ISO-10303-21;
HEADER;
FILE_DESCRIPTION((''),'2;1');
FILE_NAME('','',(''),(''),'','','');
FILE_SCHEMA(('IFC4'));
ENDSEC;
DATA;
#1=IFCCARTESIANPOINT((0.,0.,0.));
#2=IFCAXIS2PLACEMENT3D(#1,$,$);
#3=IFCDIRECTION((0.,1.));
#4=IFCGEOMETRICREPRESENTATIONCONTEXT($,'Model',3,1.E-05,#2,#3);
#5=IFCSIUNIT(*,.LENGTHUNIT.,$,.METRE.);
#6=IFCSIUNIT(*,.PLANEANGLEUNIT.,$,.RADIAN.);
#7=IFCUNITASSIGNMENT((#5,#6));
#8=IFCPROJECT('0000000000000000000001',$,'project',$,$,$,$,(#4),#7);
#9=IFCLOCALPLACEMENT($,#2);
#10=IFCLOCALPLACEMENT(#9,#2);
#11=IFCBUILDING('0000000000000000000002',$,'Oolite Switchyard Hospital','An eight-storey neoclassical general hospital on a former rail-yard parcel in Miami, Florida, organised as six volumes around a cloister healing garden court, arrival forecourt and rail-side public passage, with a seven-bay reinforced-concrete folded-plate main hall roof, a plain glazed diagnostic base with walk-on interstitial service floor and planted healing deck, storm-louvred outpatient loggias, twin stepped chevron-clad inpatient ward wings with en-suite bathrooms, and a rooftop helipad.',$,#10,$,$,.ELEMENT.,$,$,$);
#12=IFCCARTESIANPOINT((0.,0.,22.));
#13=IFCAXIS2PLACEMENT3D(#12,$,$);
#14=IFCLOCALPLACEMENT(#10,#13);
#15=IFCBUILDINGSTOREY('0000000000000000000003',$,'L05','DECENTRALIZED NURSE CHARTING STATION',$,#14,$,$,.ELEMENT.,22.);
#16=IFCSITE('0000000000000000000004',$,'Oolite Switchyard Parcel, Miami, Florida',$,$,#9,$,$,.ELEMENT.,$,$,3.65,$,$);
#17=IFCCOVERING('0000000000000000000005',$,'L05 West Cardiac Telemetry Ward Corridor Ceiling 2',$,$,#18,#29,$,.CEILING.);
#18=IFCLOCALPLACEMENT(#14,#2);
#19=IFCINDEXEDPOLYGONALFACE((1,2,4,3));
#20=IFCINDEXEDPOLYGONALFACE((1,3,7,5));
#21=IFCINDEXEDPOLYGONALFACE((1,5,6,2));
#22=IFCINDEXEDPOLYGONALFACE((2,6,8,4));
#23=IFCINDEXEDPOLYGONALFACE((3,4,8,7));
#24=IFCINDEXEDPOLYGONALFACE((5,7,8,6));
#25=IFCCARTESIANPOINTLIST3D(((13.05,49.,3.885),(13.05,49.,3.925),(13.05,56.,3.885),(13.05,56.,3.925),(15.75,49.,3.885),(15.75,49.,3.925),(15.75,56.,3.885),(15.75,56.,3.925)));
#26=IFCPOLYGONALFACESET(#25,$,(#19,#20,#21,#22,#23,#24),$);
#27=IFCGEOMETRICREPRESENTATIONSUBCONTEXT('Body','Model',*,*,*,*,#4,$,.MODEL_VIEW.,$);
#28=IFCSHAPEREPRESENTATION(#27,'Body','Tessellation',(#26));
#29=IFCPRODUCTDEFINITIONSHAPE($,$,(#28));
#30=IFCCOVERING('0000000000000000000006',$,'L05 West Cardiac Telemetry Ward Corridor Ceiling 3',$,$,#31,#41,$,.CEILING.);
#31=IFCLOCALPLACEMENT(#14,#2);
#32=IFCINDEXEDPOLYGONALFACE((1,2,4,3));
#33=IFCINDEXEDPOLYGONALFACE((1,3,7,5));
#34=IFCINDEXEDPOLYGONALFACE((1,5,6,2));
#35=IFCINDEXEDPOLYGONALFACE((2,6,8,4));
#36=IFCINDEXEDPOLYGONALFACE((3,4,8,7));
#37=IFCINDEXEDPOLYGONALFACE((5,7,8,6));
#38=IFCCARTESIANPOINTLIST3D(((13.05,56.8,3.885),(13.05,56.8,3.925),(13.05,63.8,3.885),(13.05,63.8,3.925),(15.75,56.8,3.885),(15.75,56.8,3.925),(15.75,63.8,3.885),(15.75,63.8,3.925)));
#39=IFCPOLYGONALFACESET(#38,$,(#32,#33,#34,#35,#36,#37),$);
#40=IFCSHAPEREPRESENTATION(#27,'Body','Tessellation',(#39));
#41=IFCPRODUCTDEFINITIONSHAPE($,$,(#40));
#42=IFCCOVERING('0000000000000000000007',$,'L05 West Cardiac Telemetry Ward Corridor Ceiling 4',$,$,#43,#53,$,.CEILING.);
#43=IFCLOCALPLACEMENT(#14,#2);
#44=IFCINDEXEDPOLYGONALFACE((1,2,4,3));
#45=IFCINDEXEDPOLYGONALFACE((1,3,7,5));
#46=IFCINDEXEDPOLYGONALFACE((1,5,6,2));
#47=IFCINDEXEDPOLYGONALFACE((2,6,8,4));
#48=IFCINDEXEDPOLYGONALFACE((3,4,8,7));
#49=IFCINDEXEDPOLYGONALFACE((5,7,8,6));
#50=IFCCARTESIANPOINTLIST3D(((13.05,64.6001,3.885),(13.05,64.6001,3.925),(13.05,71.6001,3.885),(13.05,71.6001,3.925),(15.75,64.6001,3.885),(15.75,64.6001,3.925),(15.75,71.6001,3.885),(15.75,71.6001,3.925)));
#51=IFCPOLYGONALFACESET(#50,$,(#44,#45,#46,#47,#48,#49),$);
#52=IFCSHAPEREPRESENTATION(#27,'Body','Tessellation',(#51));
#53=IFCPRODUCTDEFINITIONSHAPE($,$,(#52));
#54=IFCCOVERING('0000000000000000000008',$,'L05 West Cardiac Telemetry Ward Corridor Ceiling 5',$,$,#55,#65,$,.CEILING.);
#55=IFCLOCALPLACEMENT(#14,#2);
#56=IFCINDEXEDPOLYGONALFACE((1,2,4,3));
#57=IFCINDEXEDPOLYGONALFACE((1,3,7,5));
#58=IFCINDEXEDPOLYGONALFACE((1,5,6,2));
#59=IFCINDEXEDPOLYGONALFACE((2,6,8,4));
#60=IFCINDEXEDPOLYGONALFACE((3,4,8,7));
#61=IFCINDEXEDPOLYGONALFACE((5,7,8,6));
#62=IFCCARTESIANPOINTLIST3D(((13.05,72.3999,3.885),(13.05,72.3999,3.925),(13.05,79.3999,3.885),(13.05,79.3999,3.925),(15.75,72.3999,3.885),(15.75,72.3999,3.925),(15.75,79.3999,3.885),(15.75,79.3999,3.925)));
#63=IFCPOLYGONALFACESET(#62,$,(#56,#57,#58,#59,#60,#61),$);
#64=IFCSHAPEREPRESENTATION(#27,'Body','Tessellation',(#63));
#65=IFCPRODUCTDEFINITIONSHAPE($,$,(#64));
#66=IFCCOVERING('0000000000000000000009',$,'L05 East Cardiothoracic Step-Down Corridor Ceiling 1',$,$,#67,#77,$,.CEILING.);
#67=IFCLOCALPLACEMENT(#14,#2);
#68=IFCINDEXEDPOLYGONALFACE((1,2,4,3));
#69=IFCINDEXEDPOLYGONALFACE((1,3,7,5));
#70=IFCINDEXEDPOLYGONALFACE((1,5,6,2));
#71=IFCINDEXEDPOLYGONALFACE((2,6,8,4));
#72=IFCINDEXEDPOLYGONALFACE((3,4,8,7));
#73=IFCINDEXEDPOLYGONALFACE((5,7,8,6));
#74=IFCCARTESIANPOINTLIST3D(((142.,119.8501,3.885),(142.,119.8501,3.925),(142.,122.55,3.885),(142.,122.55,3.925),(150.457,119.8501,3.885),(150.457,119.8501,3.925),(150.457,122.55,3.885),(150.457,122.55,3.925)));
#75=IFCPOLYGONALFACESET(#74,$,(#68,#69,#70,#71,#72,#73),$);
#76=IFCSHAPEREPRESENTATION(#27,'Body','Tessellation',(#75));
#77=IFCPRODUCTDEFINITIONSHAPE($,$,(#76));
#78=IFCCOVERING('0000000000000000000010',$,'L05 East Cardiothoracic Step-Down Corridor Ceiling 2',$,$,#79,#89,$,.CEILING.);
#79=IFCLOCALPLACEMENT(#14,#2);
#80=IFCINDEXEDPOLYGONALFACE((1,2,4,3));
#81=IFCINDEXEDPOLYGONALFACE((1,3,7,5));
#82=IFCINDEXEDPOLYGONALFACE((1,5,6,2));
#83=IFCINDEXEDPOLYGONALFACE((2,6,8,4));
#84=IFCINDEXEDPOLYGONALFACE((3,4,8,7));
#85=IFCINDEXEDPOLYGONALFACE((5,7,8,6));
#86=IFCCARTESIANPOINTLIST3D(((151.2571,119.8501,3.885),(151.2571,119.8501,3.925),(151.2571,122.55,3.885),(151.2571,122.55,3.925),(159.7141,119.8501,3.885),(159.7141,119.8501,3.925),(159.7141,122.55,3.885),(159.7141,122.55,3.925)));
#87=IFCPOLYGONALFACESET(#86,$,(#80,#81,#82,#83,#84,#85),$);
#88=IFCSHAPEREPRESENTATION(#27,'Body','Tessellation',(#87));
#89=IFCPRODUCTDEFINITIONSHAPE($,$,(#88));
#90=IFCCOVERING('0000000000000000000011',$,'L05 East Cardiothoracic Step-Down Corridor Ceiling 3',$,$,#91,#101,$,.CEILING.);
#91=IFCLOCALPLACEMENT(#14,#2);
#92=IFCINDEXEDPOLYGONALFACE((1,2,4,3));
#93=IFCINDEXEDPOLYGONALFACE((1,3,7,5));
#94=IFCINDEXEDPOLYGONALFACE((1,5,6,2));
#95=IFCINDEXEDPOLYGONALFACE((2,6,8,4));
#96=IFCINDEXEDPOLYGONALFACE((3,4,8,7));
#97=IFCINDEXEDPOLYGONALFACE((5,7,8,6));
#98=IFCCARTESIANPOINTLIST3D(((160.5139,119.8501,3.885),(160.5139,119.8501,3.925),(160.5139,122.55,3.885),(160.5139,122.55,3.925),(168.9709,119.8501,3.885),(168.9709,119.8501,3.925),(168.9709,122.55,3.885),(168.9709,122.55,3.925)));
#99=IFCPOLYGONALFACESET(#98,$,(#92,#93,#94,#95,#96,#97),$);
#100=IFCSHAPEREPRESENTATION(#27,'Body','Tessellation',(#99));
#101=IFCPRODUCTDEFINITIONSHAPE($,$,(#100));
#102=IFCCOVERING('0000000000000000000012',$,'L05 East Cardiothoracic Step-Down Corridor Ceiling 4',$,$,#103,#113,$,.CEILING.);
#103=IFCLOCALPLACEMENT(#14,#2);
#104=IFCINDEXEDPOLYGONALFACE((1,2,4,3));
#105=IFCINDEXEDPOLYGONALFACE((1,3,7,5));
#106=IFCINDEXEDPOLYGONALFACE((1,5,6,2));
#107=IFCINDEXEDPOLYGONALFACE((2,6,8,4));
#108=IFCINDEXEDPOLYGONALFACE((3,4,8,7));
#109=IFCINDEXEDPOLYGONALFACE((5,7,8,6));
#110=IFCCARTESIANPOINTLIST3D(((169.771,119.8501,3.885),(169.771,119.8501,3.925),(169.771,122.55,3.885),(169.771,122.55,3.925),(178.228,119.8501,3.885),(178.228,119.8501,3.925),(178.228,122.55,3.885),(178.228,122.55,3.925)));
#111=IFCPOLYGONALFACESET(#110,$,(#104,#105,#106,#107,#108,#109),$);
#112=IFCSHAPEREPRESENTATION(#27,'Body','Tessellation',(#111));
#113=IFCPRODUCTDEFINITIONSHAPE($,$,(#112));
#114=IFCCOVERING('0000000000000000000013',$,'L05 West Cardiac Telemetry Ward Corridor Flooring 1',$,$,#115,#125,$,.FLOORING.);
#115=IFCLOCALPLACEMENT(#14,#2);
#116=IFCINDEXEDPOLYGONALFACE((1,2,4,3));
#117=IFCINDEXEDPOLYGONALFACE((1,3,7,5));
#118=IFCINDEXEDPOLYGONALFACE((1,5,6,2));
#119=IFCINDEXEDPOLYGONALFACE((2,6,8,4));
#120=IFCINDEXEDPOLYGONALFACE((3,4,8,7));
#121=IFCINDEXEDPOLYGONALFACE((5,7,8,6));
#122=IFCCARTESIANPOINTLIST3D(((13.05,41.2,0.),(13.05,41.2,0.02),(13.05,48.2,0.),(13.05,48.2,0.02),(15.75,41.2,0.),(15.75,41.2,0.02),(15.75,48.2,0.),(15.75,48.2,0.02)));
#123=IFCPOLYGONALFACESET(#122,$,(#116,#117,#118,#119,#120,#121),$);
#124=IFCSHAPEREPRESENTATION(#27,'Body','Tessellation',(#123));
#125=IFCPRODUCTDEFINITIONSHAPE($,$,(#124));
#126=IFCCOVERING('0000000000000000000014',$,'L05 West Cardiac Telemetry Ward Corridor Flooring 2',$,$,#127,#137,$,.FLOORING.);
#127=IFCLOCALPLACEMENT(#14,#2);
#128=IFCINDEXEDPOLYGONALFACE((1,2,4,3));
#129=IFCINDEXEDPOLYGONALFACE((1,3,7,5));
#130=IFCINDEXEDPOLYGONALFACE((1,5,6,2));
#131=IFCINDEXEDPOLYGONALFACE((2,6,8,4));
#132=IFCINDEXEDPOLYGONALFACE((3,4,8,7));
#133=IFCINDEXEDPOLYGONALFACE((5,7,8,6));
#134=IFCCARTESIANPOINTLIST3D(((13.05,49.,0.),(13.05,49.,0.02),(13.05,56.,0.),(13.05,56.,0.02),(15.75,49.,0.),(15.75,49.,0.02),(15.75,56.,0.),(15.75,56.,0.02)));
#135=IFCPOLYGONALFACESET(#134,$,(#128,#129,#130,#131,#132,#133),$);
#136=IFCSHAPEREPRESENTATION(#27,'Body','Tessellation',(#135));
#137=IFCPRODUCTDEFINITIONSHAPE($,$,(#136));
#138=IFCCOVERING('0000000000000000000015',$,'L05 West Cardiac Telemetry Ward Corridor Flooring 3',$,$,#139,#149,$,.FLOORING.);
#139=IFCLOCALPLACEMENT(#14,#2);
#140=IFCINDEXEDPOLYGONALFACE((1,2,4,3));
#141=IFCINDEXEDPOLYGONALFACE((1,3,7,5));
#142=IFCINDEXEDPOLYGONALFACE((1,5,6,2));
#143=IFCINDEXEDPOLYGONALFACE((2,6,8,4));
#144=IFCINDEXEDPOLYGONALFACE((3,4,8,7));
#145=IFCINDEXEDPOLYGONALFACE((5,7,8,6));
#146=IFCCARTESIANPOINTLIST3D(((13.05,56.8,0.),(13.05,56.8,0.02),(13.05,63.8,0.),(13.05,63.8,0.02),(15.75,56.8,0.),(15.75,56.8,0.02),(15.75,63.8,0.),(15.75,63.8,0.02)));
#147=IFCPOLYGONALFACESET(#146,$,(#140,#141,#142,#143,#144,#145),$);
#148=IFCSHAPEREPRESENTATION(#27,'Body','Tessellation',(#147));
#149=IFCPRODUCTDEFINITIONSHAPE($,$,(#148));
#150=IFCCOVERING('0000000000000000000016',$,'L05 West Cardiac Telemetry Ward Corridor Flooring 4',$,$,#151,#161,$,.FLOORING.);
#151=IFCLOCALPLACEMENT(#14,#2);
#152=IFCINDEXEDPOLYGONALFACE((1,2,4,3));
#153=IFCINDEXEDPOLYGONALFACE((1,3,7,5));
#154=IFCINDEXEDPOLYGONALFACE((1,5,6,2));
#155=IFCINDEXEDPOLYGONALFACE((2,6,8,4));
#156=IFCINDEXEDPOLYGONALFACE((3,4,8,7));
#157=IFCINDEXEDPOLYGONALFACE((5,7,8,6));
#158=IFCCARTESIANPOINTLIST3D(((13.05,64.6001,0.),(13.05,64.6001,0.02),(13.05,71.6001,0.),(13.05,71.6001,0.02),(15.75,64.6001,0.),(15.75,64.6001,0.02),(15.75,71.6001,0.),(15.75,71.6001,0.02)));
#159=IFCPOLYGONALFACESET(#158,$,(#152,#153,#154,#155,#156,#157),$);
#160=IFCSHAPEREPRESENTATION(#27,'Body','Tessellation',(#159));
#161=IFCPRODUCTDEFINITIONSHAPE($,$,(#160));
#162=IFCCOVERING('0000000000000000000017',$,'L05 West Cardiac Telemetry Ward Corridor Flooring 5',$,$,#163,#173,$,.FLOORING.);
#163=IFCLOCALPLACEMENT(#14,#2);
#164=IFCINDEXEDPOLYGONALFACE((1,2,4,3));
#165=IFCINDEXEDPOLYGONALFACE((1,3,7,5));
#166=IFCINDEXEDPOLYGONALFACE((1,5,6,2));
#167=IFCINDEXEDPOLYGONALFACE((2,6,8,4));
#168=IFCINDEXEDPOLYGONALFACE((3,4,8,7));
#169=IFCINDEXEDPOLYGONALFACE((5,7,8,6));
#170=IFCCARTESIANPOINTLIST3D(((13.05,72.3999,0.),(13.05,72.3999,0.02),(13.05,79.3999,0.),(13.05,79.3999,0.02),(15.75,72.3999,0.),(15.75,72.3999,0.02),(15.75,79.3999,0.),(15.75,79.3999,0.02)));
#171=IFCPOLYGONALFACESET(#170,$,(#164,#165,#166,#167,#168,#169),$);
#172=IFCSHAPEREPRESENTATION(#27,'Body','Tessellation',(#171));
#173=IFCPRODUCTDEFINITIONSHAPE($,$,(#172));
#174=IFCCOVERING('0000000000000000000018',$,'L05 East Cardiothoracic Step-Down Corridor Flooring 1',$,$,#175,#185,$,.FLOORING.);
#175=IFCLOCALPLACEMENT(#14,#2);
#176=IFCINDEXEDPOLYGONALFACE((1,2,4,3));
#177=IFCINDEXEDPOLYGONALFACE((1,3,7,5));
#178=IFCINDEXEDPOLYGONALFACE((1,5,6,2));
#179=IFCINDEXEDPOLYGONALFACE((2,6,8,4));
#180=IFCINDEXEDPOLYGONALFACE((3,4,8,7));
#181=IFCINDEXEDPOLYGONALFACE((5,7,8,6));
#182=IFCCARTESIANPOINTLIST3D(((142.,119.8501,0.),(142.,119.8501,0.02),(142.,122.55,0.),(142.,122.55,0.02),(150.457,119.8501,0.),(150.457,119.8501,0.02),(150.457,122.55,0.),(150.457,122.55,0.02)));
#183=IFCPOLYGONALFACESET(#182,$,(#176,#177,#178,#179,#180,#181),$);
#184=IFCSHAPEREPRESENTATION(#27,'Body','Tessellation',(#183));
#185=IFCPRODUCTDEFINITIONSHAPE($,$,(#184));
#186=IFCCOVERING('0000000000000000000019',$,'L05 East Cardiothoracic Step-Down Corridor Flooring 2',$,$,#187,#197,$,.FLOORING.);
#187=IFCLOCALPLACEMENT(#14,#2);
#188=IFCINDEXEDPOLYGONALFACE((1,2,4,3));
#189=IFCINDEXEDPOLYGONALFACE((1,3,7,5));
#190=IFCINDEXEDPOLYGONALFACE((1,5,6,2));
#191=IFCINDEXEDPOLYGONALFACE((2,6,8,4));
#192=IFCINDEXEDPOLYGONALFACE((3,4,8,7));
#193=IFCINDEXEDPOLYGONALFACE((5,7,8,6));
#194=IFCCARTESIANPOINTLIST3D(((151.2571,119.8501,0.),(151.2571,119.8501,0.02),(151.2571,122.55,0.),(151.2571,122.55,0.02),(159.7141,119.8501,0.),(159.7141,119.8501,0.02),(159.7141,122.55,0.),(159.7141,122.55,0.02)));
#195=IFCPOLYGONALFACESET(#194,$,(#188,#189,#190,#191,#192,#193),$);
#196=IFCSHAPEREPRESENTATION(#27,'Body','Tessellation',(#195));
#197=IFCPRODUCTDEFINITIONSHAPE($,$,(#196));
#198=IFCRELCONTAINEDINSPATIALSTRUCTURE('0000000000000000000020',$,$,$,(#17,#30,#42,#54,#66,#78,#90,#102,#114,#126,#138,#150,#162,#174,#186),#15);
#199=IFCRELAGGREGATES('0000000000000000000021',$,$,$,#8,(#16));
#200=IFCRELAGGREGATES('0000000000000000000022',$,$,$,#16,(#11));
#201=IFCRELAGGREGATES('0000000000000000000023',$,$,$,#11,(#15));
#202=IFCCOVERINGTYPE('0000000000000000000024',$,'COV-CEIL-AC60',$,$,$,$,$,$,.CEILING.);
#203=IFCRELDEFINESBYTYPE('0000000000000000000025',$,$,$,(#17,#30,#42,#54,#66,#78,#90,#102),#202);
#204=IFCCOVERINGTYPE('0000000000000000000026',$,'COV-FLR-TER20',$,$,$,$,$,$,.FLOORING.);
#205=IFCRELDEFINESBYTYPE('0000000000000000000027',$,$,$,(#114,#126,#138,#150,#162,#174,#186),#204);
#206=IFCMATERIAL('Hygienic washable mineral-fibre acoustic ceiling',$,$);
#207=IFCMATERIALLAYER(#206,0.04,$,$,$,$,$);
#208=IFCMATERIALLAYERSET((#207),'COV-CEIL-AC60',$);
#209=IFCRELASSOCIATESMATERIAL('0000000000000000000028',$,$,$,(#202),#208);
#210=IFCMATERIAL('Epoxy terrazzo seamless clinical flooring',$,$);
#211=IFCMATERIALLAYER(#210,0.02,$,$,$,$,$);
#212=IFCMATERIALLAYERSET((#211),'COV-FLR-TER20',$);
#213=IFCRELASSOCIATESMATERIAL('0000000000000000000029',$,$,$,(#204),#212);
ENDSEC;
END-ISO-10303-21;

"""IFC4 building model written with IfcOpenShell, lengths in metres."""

from ifc_helpers import new_model, si_unit, direction, frame, origin, place, context, subcontext, project, spatial, polyline, outline, extrude, material, layer, layer_set, type_object, element, save


model = new_model("IFC4")

# Units and contexts
model_context = context("Model", 3, precision=1e-05, world=origin(), true_north=direction((0.0, 1.0)))
body_context = subcontext(model_context, "Body", "Model", "MODEL_VIEW")
ifc_project = project(units=[si_unit("LENGTHUNIT", "METRE"), si_unit("PLANEANGLEUNIT", "RADIAN")], contexts=[model_context])

# Site, building, storey
site_placement = place(None, origin())
site = spatial("IfcSite", under=ifc_project, at=site_placement, Name="Oolite Switchyard Parcel, Miami, Florida", CompositionType="ELEMENT", RefElevation=3.65)
building_placement = place(site_placement, origin())
building = spatial("IfcBuilding", under=site, at=building_placement, Name="Oolite Switchyard Hospital", Description="An eight-storey neoclassical general hospital on a former rail-yard parcel in Miami, Florida, organised as six volumes around a cloister healing garden court, arrival forecourt and rail-side public passage, with a seven-bay reinforced-concrete folded-plate main hall roof, a plain glazed diagnostic base with walk-on interstitial service floor and planted healing deck, storm-louvred outpatient loggias, twin stepped chevron-clad inpatient ward wings with en-suite bathrooms, and a rooftop helipad.", CompositionType="ELEMENT")
storey_placement = place(building_placement, frame((0.0, 0.0, 22.0)))
storey = spatial("IfcBuildingStorey", under=building, at=storey_placement, Name="L05", Description="DECENTRALIZED NURSE CHARTING STATION", CompositionType="ELEMENT", Elevation=22.0)

# Coverings
ifc_material_1 = material(Name="Hygienic washable mineral-fibre acoustic ceiling")
ifc_layer_1 = layer(ifc_material_1, 0.04)
ifc_layer_set_1 = layer_set([ifc_layer_1], Name="COV-CEIL-AC60")
covering_type_1 = type_object("IfcCoveringType", Name="COV-CEIL-AC60", PredefinedType="CEILING", material=ifc_layer_set_1)
covering_1_placement = place(storey_placement, frame((0.0, 0.0, 3.885)))
element("IfcCovering", 1, at=covering_1_placement, inside=storey, type_object=covering_type_1, Name="L05 West Cardiac Telemetry Ward Corridor Ceiling 2", PredefinedType="CEILING", context=body_context, shape_type="SweptSolid", body=[
    extrude(outline(polyline([(13.05, 49.0), (15.75, 49.0), (15.75, 56.0), (13.05, 56.0), (13.05, 49.0)])), origin(), (0.0, 0.0, 1.0), 0.04),
])
covering_2_placement = place(storey_placement, frame((0.0, 0.0, 3.885)))
element("IfcCovering", 2, at=covering_2_placement, inside=storey, type_object=covering_type_1, Name="L05 West Cardiac Telemetry Ward Corridor Ceiling 3", PredefinedType="CEILING", context=body_context, shape_type="SweptSolid", body=[
    extrude(outline(polyline([(13.05, 56.8), (15.75, 56.8), (15.75, 63.8), (13.05, 63.8), (13.05, 56.8)])), origin(), (0.0, 0.0, 1.0), 0.04),
])
covering_3_placement = place(storey_placement, frame((0.0, 0.0, 3.885)))
element("IfcCovering", 3, at=covering_3_placement, inside=storey, type_object=covering_type_1, Name="L05 West Cardiac Telemetry Ward Corridor Ceiling 4", PredefinedType="CEILING", context=body_context, shape_type="SweptSolid", body=[
    extrude(outline(polyline([(13.05, 64.6001), (15.75, 64.6001), (15.75, 71.6001), (13.05, 71.6001), (13.05, 64.6001)])), origin(), (0.0, 0.0, 1.0), 0.04),
])
covering_4_placement = place(storey_placement, frame((0.0, 0.0, 3.885)))
element("IfcCovering", 4, at=covering_4_placement, inside=storey, type_object=covering_type_1, Name="L05 West Cardiac Telemetry Ward Corridor Ceiling 5", PredefinedType="CEILING", context=body_context, shape_type="SweptSolid", body=[
    extrude(outline(polyline([(13.05, 72.3999), (15.75, 72.3999), (15.75, 79.3999), (13.05, 79.3999), (13.05, 72.3999)])), origin(), (0.0, 0.0, 1.0), 0.04),
])
covering_5_placement = place(storey_placement, frame((0.0, 0.0, 3.885)))
element("IfcCovering", 5, at=covering_5_placement, inside=storey, type_object=covering_type_1, Name="L05 East Cardiothoracic Step-Down Corridor Ceiling 1", PredefinedType="CEILING", context=body_context, shape_type="SweptSolid", body=[
    extrude(outline(polyline([(142.0, 119.8501), (150.457, 119.8501), (150.457, 122.55), (142.0, 122.55), (142.0, 119.8501)])), origin(), (0.0, 0.0, 1.0), 0.04),
])
covering_6_placement = place(storey_placement, frame((0.0, 0.0, 3.885)))
element("IfcCovering", 6, at=covering_6_placement, inside=storey, type_object=covering_type_1, Name="L05 East Cardiothoracic Step-Down Corridor Ceiling 2", PredefinedType="CEILING", context=body_context, shape_type="SweptSolid", body=[
    extrude(outline(polyline([(151.2571, 119.8501), (159.7141, 119.8501), (159.7141, 122.55), (151.2571, 122.55), (151.2571, 119.8501)])), origin(), (0.0, 0.0, 1.0), 0.04),
])
covering_7_placement = place(storey_placement, frame((0.0, 0.0, 3.885)))
element("IfcCovering", 7, at=covering_7_placement, inside=storey, type_object=covering_type_1, Name="L05 East Cardiothoracic Step-Down Corridor Ceiling 3", PredefinedType="CEILING", context=body_context, shape_type="SweptSolid", body=[
    extrude(outline(polyline([(160.5139, 119.8501), (168.9709, 119.8501), (168.9709, 122.55), (160.5139, 122.55), (160.5139, 119.8501)])), origin(), (0.0, 0.0, 1.0), 0.04),
])
covering_8_placement = place(storey_placement, frame((0.0, 0.0, 3.885)))
element("IfcCovering", 8, at=covering_8_placement, inside=storey, type_object=covering_type_1, Name="L05 East Cardiothoracic Step-Down Corridor Ceiling 4", PredefinedType="CEILING", context=body_context, shape_type="SweptSolid", body=[
    extrude(outline(polyline([(169.771, 119.8501), (178.228, 119.8501), (178.228, 122.55), (169.771, 122.55), (169.771, 119.8501)])), origin(), (0.0, 0.0, 1.0), 0.04),
])
ifc_material_2 = material(Name="Epoxy terrazzo seamless clinical flooring")
ifc_layer_2 = layer(ifc_material_2, 0.02)
ifc_layer_set_2 = layer_set([ifc_layer_2], Name="COV-FLR-TER20")
covering_type_2 = type_object("IfcCoveringType", Name="COV-FLR-TER20", PredefinedType="FLOORING", material=ifc_layer_set_2)
covering_9_placement = place(storey_placement, origin())
element("IfcCovering", 9, at=covering_9_placement, inside=storey, type_object=covering_type_2, Name="L05 West Cardiac Telemetry Ward Corridor Flooring 1", PredefinedType="FLOORING", context=body_context, shape_type="SweptSolid", body=[
    extrude(outline(polyline([(13.05, 41.2), (15.75, 41.2), (15.75, 48.2), (13.05, 48.2), (13.05, 41.2)])), origin(), (0.0, 0.0, 1.0), 0.02),
])
covering_10_placement = place(storey_placement, origin())
element("IfcCovering", 10, at=covering_10_placement, inside=storey, type_object=covering_type_2, Name="L05 West Cardiac Telemetry Ward Corridor Flooring 2", PredefinedType="FLOORING", context=body_context, shape_type="SweptSolid", body=[
    extrude(outline(polyline([(13.05, 49.0), (15.75, 49.0), (15.75, 56.0), (13.05, 56.0), (13.05, 49.0)])), origin(), (0.0, 0.0, 1.0), 0.02),
])
covering_11_placement = place(storey_placement, origin())
element("IfcCovering", 11, at=covering_11_placement, inside=storey, type_object=covering_type_2, Name="L05 West Cardiac Telemetry Ward Corridor Flooring 3", PredefinedType="FLOORING", context=body_context, shape_type="SweptSolid", body=[
    extrude(outline(polyline([(13.05, 56.8), (15.75, 56.8), (15.75, 63.8), (13.05, 63.8), (13.05, 56.8)])), origin(), (0.0, 0.0, 1.0), 0.02),
])
covering_12_placement = place(storey_placement, origin())
element("IfcCovering", 12, at=covering_12_placement, inside=storey, type_object=covering_type_2, Name="L05 West Cardiac Telemetry Ward Corridor Flooring 4", PredefinedType="FLOORING", context=body_context, shape_type="SweptSolid", body=[
    extrude(outline(polyline([(13.05, 64.6001), (15.75, 64.6001), (15.75, 71.6001), (13.05, 71.6001), (13.05, 64.6001)])), origin(), (0.0, 0.0, 1.0), 0.02),
])
covering_13_placement = place(storey_placement, origin())
element("IfcCovering", 13, at=covering_13_placement, inside=storey, type_object=covering_type_2, Name="L05 West Cardiac Telemetry Ward Corridor Flooring 5", PredefinedType="FLOORING", context=body_context, shape_type="SweptSolid", body=[
    extrude(outline(polyline([(13.05, 72.3999), (15.75, 72.3999), (15.75, 79.3999), (13.05, 79.3999), (13.05, 72.3999)])), origin(), (0.0, 0.0, 1.0), 0.02),
])
covering_14_placement = place(storey_placement, origin())
element("IfcCovering", 14, at=covering_14_placement, inside=storey, type_object=covering_type_2, Name="L05 East Cardiothoracic Step-Down Corridor Flooring 1", PredefinedType="FLOORING", context=body_context, shape_type="SweptSolid", body=[
    extrude(outline(polyline([(142.0, 119.8501), (150.457, 119.8501), (150.457, 122.55), (142.0, 122.55), (142.0, 119.8501)])), origin(), (0.0, 0.0, 1.0), 0.02),
])
covering_15_placement = place(storey_placement, origin())
element("IfcCovering", 15, at=covering_15_placement, inside=storey, type_object=covering_type_2, Name="L05 East Cardiothoracic Step-Down Corridor Flooring 2", PredefinedType="FLOORING", context=body_context, shape_type="SweptSolid", body=[
    extrude(outline(polyline([(151.2571, 119.8501), (159.7141, 119.8501), (159.7141, 122.55), (151.2571, 122.55), (151.2571, 119.8501)])), origin(), (0.0, 0.0, 1.0), 0.02),
])

save(model, "model.ifc")
